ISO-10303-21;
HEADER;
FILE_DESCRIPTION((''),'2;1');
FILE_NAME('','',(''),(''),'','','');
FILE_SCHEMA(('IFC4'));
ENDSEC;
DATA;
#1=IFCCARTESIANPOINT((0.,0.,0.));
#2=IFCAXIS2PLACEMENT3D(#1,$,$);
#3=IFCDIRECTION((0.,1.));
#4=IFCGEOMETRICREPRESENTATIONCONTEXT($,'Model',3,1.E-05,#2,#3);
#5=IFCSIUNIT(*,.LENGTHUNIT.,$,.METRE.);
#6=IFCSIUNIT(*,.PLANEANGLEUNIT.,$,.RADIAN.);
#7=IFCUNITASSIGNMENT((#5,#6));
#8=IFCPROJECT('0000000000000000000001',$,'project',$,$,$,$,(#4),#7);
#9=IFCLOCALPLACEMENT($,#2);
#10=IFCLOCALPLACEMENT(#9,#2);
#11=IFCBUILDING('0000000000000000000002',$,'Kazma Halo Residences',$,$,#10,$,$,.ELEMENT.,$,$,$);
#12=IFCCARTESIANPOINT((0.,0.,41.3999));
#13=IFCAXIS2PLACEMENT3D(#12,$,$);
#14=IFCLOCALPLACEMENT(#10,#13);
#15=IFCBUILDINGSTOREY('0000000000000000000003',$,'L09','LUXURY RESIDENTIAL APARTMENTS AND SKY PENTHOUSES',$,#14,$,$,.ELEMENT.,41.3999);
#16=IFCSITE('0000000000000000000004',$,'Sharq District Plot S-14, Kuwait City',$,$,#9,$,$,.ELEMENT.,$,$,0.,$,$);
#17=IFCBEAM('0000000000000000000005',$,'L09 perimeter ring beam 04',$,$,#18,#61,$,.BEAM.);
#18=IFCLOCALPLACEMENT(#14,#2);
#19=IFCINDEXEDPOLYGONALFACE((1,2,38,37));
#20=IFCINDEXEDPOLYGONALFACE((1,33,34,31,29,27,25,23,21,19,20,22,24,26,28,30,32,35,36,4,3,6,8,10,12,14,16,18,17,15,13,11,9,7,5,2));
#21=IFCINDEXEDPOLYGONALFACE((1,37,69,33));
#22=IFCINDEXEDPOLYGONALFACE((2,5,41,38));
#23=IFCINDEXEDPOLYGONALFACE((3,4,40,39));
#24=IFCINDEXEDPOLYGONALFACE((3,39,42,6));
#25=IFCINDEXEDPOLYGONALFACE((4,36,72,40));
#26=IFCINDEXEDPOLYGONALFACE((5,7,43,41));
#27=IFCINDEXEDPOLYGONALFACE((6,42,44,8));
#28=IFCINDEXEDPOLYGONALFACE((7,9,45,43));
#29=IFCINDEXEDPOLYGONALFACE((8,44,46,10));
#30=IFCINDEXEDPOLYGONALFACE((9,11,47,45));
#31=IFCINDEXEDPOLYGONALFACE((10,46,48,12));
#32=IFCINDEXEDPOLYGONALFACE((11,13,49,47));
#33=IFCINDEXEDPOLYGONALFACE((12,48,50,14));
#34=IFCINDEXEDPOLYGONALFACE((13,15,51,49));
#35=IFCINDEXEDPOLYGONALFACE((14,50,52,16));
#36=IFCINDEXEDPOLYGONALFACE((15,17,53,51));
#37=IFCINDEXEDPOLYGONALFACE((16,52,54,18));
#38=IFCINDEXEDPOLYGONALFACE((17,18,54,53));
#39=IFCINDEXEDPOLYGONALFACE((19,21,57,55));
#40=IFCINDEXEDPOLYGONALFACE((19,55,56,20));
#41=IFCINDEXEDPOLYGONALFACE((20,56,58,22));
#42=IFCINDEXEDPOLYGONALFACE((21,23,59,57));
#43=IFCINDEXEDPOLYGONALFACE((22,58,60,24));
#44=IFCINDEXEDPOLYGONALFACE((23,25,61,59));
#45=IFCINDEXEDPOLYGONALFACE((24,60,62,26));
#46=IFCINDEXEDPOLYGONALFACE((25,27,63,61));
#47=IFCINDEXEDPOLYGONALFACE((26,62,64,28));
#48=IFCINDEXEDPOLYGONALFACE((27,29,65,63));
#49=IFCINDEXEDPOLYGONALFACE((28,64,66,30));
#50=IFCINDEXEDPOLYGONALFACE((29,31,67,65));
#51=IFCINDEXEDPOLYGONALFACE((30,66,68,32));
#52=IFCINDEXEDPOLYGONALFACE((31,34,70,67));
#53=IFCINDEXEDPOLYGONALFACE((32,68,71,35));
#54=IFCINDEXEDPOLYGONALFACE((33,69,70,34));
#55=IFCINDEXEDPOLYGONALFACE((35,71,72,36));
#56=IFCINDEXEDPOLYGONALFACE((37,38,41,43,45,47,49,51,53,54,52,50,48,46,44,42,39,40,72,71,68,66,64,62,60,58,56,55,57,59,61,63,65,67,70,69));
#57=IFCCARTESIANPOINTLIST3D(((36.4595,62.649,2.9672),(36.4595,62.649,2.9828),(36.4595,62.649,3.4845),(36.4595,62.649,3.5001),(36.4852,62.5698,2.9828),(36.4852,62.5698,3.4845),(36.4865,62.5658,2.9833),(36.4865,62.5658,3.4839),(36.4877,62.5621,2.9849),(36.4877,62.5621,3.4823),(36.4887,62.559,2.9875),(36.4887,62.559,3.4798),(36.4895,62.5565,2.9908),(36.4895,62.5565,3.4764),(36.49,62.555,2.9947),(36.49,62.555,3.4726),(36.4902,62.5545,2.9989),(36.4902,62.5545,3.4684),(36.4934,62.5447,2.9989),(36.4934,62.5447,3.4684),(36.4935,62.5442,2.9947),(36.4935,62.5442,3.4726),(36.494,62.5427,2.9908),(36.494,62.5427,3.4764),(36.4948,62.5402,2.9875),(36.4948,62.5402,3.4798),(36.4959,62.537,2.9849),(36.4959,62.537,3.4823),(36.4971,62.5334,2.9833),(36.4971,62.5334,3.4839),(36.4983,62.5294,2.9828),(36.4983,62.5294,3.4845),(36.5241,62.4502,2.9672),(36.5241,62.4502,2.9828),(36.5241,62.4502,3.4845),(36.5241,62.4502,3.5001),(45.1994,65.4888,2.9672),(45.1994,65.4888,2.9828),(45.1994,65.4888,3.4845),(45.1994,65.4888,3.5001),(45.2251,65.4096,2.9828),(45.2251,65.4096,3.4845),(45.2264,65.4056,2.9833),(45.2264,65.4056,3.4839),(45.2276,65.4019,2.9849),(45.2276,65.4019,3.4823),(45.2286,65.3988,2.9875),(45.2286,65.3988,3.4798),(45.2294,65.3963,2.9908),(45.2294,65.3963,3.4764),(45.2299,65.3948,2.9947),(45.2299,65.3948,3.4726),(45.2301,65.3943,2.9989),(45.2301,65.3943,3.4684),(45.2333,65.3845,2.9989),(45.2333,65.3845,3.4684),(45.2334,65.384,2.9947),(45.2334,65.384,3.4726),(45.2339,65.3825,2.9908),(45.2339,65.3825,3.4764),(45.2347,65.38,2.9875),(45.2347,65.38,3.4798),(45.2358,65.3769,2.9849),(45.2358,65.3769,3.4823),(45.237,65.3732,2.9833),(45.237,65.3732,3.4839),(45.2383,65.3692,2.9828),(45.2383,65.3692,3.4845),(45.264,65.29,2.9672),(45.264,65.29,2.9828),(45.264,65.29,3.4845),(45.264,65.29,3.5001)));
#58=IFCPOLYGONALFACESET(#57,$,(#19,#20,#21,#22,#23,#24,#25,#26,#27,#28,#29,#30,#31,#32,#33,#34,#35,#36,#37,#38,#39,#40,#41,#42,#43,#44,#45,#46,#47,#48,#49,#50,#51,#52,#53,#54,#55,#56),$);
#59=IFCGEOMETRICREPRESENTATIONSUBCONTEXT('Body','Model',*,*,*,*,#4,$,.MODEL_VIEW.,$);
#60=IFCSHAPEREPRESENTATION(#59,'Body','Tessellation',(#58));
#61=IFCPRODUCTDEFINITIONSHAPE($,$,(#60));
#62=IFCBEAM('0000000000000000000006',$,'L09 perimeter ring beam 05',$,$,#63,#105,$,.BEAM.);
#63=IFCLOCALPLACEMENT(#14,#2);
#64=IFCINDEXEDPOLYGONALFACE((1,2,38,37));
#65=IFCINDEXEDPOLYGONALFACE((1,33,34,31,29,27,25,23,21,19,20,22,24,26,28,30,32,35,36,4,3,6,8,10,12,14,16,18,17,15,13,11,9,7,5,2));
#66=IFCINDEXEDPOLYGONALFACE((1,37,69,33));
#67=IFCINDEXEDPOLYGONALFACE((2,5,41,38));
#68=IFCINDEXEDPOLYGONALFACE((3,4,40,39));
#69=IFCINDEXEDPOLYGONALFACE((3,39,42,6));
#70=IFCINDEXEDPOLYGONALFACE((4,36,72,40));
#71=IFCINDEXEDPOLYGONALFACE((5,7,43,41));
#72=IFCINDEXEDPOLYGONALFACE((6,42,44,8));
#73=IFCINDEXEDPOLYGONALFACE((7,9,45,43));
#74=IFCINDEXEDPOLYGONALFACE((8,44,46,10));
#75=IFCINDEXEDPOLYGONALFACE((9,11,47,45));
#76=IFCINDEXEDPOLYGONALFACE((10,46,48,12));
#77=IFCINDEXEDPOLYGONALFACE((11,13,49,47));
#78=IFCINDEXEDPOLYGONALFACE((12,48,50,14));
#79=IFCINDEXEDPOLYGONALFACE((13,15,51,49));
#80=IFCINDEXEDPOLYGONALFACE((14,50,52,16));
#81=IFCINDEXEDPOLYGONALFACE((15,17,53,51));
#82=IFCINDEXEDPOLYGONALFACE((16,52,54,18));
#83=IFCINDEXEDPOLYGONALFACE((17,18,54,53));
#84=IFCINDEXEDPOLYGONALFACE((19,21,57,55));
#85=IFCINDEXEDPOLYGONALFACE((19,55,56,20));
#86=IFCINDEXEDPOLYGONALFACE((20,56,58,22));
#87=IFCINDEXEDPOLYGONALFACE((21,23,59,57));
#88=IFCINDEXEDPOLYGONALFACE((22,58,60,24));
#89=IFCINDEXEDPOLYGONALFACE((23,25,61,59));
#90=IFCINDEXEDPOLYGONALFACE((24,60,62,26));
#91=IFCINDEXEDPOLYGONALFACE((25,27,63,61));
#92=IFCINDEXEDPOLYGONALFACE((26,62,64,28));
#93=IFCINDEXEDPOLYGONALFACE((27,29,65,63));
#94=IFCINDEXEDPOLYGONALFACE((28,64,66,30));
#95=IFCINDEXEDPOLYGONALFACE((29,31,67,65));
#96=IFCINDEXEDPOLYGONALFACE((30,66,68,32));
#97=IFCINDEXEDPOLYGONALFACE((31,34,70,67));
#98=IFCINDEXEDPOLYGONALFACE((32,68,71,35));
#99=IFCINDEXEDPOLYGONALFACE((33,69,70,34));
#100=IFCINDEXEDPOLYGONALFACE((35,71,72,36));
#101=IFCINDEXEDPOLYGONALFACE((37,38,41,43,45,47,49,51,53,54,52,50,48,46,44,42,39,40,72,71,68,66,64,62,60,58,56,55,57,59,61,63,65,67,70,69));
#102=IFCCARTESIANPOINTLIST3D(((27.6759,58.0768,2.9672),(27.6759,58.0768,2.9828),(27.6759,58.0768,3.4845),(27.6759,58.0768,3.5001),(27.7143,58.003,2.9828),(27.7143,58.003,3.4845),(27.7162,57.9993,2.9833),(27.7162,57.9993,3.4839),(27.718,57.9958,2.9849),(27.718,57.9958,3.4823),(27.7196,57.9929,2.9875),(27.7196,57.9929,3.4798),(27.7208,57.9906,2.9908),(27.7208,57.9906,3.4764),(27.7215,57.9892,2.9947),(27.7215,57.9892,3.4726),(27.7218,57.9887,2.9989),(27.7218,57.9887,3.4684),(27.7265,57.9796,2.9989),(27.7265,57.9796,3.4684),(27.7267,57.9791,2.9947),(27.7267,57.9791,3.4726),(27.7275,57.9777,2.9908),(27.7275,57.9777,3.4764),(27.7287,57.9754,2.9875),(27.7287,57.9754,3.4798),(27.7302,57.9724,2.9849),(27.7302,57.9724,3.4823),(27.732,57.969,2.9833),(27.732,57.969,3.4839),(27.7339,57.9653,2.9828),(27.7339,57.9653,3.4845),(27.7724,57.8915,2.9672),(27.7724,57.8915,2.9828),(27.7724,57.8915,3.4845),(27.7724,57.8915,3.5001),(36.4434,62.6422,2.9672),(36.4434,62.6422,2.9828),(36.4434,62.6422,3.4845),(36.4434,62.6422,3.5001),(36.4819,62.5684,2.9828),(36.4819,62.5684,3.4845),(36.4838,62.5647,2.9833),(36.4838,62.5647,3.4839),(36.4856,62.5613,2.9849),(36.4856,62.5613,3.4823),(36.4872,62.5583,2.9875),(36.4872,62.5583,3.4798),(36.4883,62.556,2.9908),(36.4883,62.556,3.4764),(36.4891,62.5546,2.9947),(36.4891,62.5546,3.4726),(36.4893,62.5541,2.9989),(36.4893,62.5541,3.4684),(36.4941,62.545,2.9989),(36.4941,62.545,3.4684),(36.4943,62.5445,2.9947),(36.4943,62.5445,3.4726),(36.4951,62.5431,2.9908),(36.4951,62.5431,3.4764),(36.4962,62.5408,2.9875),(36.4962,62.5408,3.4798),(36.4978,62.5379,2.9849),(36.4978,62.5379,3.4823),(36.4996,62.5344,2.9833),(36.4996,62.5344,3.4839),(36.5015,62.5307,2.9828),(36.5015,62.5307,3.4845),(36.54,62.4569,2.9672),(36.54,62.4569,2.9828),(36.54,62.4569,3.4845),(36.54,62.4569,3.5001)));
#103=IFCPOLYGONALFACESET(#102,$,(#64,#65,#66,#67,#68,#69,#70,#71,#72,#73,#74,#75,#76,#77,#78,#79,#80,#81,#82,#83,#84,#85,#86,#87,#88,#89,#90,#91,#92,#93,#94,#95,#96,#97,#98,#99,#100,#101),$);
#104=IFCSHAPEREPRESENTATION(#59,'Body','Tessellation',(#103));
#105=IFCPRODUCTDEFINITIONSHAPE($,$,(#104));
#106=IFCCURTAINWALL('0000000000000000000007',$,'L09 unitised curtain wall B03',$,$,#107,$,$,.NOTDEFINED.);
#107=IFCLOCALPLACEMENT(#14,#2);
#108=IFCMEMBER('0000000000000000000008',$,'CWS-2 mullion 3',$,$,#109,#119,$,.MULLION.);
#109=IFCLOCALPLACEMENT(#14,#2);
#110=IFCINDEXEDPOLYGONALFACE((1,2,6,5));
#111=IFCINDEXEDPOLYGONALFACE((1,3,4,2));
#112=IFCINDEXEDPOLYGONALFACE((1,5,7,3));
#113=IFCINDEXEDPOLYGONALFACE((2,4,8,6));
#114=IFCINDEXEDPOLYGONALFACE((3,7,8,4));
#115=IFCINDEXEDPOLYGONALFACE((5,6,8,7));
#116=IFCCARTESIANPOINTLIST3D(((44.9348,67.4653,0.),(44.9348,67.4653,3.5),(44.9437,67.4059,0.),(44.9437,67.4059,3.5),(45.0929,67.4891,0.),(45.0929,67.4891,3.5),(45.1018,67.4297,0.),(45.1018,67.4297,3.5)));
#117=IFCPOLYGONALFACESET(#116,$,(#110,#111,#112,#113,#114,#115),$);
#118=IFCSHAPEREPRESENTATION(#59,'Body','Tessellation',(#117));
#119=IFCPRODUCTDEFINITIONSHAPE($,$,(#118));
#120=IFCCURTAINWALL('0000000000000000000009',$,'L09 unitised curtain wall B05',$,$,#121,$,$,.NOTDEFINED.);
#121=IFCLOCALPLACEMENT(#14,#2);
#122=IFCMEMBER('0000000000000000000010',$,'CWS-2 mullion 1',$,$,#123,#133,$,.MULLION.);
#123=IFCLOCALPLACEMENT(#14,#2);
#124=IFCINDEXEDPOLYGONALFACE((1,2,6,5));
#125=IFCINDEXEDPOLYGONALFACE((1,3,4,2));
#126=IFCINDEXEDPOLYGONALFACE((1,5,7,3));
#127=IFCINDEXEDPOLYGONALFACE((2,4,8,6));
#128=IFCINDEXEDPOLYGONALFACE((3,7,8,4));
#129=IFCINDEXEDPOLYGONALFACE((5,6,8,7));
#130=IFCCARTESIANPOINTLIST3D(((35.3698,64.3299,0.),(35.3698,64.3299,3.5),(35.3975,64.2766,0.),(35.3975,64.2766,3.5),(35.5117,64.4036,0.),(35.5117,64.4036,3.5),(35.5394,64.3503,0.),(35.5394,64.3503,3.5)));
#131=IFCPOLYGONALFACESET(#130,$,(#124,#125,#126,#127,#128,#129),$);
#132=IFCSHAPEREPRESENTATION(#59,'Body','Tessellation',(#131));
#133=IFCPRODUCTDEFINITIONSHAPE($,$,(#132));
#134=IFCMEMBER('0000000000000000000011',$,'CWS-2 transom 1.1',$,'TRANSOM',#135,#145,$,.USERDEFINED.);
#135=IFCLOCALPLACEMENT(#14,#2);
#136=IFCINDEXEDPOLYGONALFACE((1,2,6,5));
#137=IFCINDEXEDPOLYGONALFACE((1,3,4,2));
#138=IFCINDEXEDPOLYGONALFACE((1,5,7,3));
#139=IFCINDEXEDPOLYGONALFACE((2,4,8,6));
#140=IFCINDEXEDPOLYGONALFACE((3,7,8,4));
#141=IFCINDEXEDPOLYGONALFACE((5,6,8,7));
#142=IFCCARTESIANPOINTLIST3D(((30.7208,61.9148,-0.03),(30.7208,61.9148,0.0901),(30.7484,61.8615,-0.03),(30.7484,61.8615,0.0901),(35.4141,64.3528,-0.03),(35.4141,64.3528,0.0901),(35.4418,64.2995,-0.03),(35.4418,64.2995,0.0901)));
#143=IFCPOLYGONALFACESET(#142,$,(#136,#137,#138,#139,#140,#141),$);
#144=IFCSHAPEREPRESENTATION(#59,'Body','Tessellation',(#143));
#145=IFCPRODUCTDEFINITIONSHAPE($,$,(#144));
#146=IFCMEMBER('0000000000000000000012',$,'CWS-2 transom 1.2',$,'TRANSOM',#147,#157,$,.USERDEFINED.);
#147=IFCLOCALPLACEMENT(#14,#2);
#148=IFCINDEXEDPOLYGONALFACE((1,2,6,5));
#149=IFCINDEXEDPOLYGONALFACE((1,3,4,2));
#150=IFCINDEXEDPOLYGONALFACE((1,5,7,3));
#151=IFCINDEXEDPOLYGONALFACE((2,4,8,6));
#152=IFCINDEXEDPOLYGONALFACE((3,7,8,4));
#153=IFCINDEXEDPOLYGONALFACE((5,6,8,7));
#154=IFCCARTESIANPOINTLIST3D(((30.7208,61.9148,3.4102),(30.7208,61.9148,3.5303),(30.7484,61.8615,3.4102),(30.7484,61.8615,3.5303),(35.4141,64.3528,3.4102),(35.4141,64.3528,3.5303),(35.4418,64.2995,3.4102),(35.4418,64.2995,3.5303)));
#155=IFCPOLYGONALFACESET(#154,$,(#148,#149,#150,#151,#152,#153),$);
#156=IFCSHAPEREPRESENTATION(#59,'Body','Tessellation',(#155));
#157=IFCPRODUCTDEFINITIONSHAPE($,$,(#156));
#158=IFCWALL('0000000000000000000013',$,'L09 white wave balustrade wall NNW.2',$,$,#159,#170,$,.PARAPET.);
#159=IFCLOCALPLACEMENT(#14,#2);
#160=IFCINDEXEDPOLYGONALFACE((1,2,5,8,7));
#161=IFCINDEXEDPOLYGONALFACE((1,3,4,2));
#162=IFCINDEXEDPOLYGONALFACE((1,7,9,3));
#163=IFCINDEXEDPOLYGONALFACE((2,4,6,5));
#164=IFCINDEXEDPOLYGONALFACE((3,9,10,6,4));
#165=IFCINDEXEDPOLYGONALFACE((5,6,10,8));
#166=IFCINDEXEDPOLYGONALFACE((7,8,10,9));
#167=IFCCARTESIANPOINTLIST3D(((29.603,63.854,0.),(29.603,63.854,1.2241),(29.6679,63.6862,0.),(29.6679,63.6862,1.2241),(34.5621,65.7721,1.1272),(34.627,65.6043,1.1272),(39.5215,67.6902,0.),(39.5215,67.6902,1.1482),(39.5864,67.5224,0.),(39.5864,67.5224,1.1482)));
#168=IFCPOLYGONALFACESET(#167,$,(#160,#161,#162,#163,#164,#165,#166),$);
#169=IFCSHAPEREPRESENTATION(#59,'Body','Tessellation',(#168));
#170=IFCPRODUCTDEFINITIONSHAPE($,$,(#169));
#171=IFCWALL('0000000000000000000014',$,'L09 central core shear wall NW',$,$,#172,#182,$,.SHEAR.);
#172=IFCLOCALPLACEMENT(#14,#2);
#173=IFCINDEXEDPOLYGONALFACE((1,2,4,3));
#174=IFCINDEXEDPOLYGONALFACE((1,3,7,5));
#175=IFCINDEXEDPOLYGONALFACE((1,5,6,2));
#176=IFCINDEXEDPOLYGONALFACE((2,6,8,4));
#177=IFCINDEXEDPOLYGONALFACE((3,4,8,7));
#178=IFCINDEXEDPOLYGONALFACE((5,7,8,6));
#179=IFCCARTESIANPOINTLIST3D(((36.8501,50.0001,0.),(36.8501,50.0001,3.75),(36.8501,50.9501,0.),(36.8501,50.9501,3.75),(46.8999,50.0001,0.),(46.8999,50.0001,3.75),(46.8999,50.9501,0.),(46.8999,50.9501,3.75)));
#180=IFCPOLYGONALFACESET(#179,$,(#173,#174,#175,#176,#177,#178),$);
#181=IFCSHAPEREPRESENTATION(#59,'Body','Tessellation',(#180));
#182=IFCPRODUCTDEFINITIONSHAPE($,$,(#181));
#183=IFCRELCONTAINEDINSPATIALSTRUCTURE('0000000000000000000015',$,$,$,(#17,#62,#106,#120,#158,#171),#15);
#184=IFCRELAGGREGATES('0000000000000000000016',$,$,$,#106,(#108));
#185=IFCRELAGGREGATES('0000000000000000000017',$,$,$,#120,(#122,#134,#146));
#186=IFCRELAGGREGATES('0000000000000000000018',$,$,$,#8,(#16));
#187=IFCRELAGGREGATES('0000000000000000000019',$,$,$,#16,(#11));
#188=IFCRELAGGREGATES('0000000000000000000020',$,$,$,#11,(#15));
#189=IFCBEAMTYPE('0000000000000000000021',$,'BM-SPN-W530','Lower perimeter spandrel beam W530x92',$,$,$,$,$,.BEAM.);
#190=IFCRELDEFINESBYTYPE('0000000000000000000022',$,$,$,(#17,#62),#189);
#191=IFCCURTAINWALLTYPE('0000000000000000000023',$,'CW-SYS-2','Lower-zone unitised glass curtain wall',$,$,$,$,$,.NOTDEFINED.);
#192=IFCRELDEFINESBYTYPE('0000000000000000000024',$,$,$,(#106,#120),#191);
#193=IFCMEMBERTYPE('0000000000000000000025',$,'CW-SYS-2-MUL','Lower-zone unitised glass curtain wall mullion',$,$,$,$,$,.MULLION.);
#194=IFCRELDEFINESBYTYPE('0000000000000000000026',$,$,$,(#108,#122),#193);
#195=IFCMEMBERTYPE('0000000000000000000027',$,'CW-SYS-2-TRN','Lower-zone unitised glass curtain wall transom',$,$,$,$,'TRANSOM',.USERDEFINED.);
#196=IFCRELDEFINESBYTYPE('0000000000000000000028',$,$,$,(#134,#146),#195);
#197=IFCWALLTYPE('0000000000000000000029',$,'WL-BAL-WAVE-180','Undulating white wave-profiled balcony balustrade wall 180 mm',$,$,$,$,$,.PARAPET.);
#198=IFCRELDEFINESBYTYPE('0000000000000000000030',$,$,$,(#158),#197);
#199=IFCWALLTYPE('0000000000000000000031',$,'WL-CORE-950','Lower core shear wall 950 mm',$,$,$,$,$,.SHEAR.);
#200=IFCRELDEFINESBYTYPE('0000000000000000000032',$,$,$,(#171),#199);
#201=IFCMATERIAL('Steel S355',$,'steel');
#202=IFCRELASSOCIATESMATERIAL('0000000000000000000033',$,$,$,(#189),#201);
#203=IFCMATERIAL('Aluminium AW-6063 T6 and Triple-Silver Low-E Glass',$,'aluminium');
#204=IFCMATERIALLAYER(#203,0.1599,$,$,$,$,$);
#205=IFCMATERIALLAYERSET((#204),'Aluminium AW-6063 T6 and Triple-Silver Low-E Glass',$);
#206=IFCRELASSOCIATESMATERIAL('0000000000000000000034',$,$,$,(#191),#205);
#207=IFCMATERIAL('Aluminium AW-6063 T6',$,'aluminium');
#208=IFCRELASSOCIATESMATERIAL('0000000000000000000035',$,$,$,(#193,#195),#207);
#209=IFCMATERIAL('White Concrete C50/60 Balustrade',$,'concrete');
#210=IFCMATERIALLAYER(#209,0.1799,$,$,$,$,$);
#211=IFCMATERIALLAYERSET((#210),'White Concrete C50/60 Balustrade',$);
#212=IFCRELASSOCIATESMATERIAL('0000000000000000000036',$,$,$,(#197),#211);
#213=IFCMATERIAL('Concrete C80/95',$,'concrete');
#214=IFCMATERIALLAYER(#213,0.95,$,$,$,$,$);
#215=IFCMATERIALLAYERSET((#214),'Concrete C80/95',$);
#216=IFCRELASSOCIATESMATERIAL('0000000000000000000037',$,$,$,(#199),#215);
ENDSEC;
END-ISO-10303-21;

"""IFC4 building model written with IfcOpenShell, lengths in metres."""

from ifc_helpers import new_model, si_unit, direction, frame, frame_2d, origin, origin_2d, place, context, subcontext, project, spatial, polyline, rectangle, i_section, outline, extrude, material, layer, layer_set, material_profile, profile_set, type_object, element, aggregate, save


model = new_model("IFC4")

# Units and contexts
model_context = context("Model", 3, precision=1e-05, world=origin(), true_north=direction((0.0, 1.0)))
body_context = subcontext(model_context, "Body", "Model", "MODEL_VIEW")
ifc_project = project(units=[si_unit("LENGTHUNIT", "METRE"), si_unit("PLANEANGLEUNIT", "RADIAN")], contexts=[model_context])

# Site, building, storey
site_placement = place(None, origin())
site = spatial("IfcSite", under=ifc_project, at=site_placement, Name="Sharq District Plot S-14, Kuwait City", CompositionType="ELEMENT", RefElevation=0.0)
building_placement = place(site_placement, origin())
building = spatial("IfcBuilding", under=site, at=building_placement, Name="Kazma Halo Residences", CompositionType="ELEMENT")
storey_placement = place(building_placement, frame((0.0, 0.0, 41.3999)))
storey = spatial("IfcBuildingStorey", under=building, at=storey_placement, Name="L09", Description="LUXURY RESIDENTIAL APARTMENTS AND SKY PENTHOUSES", CompositionType="ELEMENT", Elevation=41.3999)

# Shared definitions
ifc_material_1 = material(Name="Concrete C80/95", Category="concrete")

# Beams
ifc_material_2 = material(Name="Steel S355", Category="steel")
ifc_material_profile_1 = material_profile(ifc_material_2, i_section(OverallWidth=0.209, OverallDepth=0.533, WebThickness=0.0103, FlangeThickness=0.0156, FilletRadius=0.0161, at=origin_2d()), Name="W530x92")
ifc_profile_set_1 = profile_set([ifc_material_profile_1], Name="Steel S355")
beam_type_1 = type_object("IfcBeamType", Name="BM-SPN-W530", Description="Lower perimeter spandrel beam W530x92", PredefinedType="BEAM", material=ifc_profile_set_1)
beam_1_placement = place(storey_placement, frame((45.2317, 65.3894, 3.2336), z_axis=(-0.951055, -0.309022, 0.0), x_axis=(0.309022, -0.951055, 0.0)))
element("IfcBeam", 1, at=beam_1_placement, inside=storey, type_object=beam_type_1, Name="L09 perimeter ring beam 04", PredefinedType="BEAM", context=body_context, shape_type="SweptSolid", body=[
    extrude(i_section(OverallWidth=0.209, OverallDepth=0.533, WebThickness=0.0103, FlangeThickness=0.0156, FilletRadius=0.0161, at=origin_2d()), origin(), (0.0, 0.0, 1.0), 9.1897),
])
beam_2_placement = place(storey_placement, frame((36.4917, 62.5496, 3.2336), z_axis=(-0.886956, -0.461853, 0.0), x_axis=(0.461853, -0.886956, 0.0)))
element("IfcBeam", 2, at=beam_2_placement, inside=storey, type_object=beam_type_1, Name="L09 perimeter ring beam 05", PredefinedType="BEAM", context=body_context, shape_type="SweptSolid", body=[
    extrude(i_section(OverallWidth=0.209, OverallDepth=0.533, WebThickness=0.0103, FlangeThickness=0.0156, FilletRadius=0.0161, at=origin_2d()), origin(), (0.0, 0.0, 1.0), 9.885),
])

# Curtain wall, member
ifc_material_3 = material(Name="Aluminium AW-6063 T6 and Triple-Silver Low-E Glass", Category="aluminium")
ifc_layer_1 = layer(ifc_material_3, 0.1599)
ifc_layer_set_1 = layer_set([ifc_layer_1], Name="Aluminium AW-6063 T6 and Triple-Silver Low-E Glass")
curtain_wall_type = type_object("IfcCurtainWallType", Name="CW-SYS-2", Description="Lower-zone unitised glass curtain wall", PredefinedType="NOTDEFINED", material=ifc_layer_set_1)
curtain_wall_1_placement = place(storey_placement, origin())
curtain_wall_1 = element("IfcCurtainWall", 3, at=curtain_wall_1_placement, inside=storey, type_object=curtain_wall_type, Name="L09 unitised curtain wall B03", PredefinedType="NOTDEFINED")
ifc_material_4 = material(Name="Aluminium AW-6063 T6", Category="aluminium")
ifc_material_profile_2 = material_profile(ifc_material_4, rectangle(XDim=0.0601, YDim=0.1599, at=origin_2d()), Name="CWM-60x160")
ifc_profile_set_2 = profile_set([ifc_material_profile_2], Name="Aluminium AW-6063 T6")
member_type_1 = type_object("IfcMemberType", Name="CW-SYS-2-MUL", Description="Lower-zone unitised glass curtain wall mullion", PredefinedType="MULLION", material=ifc_profile_set_2)
member_1_placement = place(storey_placement, frame((45.0183, 67.4475, 0.0), z_axis=(0.0, 0.0, 1.0), x_axis=(0.148657, -0.988889, 0.0)))
member_1 = element("IfcMember", 4, at=member_1_placement, type_object=member_type_1, Name="CWS-2 mullion 3", PredefinedType="MULLION", context=body_context, shape_type="SweptSolid", body=[
    extrude(rectangle(XDim=0.0601, YDim=0.1599, at=origin_2d()), origin(), (0.0, 0.0, 1.0), 3.5),
])
aggregate(curtain_wall_1, [member_1])

# Curtain wall, members
curtain_wall_2_placement = place(storey_placement, origin())
curtain_wall_2 = element("IfcCurtainWall", 5, at=curtain_wall_2_placement, inside=storey, type_object=curtain_wall_type, Name="L09 unitised curtain wall B05", PredefinedType="NOTDEFINED")
member_2_placement = place(storey_placement, frame((35.4546, 64.3401, 0.0), z_axis=(0.0, 0.0, 1.0), x_axis=(0.460996, -0.887402, 0.0)))
member_2 = element("IfcMember", 6, at=member_2_placement, type_object=member_type_1, Name="CWS-2 mullion 1", PredefinedType="MULLION", context=body_context, shape_type="SweptSolid", body=[
    extrude(rectangle(XDim=0.0601, YDim=0.1599, at=origin_2d()), origin(), (0.0, 0.0, 1.0), 3.5),
])
ifc_material_profile_3 = material_profile(ifc_material_4, rectangle(XDim=0.0601, YDim=0.1201, at=origin_2d()), Name="CWT-60x120")
ifc_profile_set_3 = profile_set([ifc_material_profile_3], Name="Aluminium AW-6063 T6")
member_type_2 = type_object("IfcMemberType", Name="CW-SYS-2-TRN", Description="Lower-zone unitised glass curtain wall transom", ElementType="TRANSOM", PredefinedType="USERDEFINED", material=ifc_profile_set_3)
member_3_placement = place(storey_placement, frame((35.428, 64.3262, 0.03), z_axis=(-0.887415, -0.460972, 0.0), x_axis=(0.460972, -0.887415, 0.0)))
member_3 = element("IfcMember", 7, at=member_3_placement, type_object=member_type_2, Name="CWS-2 transom 1.1", ObjectType="TRANSOM", PredefinedType="USERDEFINED", context=body_context, shape_type="SweptSolid", body=[
    extrude(rectangle(XDim=0.0601, YDim=0.1201, at=origin_2d()), origin(), (0.0, 0.0, 1.0), 5.2888),
])
member_4_placement = place(storey_placement, frame((35.428, 64.3262, 3.4702), z_axis=(-0.887415, -0.460972, 0.0), x_axis=(0.460972, -0.887415, 0.0)))
member_4 = element("IfcMember", 8, at=member_4_placement, type_object=member_type_2, Name="CWS-2 transom 1.2", ObjectType="TRANSOM", PredefinedType="USERDEFINED", context=body_context, shape_type="SweptSolid", body=[
    extrude(rectangle(XDim=0.0601, YDim=0.1201, at=origin_2d()), origin(), (0.0, 0.0, 1.0), 5.2888),
])
aggregate(curtain_wall_2, [member_2, member_3, member_4])

# Walls
ifc_material_5 = material(Name="White Concrete C50/60 Balustrade", Category="concrete")
ifc_layer_2 = layer(ifc_material_5, 0.1799)
ifc_layer_set_2 = layer_set([ifc_layer_2], Name="White Concrete C50/60 Balustrade")
wall_type_1 = type_object("IfcWallType", Name="WL-BAL-WAVE-180", Description="Undulating white wave-profiled balcony balustrade wall 180 mm", PredefinedType="PARAPET", material=ifc_layer_set_2)
wall_1_placement = place(storey_placement, frame((39.554, 67.6062, 0.0), z_axis=(0.0, 0.0, 1.0), x_axis=(-0.93267, -0.360731, 0.0)))
element("IfcWall", 9, at=wall_1_placement, inside=storey, type_object=wall_type_1, Name="L09 white wave balustrade wall NNW.2", PredefinedType="PARAPET", context=body_context, shape_type="SweptSolid", body=[
    extrude(outline(polyline([(0.0, 0.0), (10.6345, 0.0), (10.6345, 1.2241), (5.3174, 1.1272), (0.0, 1.1482), (0.0, 0.0)])), frame((0.0, 0.0898, 0.0), z_axis=(0.0, -1.0, 0.0), x_axis=(1.0, 0.0, 0.0)), (0.0, 0.0, 1.0), 0.1799),
])
ifc_layer_3 = layer(ifc_material_1, 0.95)
ifc_layer_set_3 = layer_set([ifc_layer_3], Name="Concrete C80/95")
wall_type_2 = type_object("IfcWallType", Name="WL-CORE-950", Description="Lower core shear wall 950 mm", PredefinedType="SHEAR", material=ifc_layer_set_3)
wall_2_placement = place(storey_placement, frame((36.8501, 50.4751, 0.0), z_axis=(0.0, 0.0, 1.0), x_axis=(1.0, 0.0, 0.0)))
element("IfcWall", 10, at=wall_2_placement, inside=storey, type_object=wall_type_2, Name="L09 central core shear wall NW", PredefinedType="SHEAR", context=body_context, shape_type="SweptSolid", body=[
    extrude(rectangle(XDim=10.0498, YDim=0.95, at=frame_2d((5.0249, 0.0))), origin(), (0.0, 0.0, 1.0), 3.75),
])

save(model, "model.ifc")
